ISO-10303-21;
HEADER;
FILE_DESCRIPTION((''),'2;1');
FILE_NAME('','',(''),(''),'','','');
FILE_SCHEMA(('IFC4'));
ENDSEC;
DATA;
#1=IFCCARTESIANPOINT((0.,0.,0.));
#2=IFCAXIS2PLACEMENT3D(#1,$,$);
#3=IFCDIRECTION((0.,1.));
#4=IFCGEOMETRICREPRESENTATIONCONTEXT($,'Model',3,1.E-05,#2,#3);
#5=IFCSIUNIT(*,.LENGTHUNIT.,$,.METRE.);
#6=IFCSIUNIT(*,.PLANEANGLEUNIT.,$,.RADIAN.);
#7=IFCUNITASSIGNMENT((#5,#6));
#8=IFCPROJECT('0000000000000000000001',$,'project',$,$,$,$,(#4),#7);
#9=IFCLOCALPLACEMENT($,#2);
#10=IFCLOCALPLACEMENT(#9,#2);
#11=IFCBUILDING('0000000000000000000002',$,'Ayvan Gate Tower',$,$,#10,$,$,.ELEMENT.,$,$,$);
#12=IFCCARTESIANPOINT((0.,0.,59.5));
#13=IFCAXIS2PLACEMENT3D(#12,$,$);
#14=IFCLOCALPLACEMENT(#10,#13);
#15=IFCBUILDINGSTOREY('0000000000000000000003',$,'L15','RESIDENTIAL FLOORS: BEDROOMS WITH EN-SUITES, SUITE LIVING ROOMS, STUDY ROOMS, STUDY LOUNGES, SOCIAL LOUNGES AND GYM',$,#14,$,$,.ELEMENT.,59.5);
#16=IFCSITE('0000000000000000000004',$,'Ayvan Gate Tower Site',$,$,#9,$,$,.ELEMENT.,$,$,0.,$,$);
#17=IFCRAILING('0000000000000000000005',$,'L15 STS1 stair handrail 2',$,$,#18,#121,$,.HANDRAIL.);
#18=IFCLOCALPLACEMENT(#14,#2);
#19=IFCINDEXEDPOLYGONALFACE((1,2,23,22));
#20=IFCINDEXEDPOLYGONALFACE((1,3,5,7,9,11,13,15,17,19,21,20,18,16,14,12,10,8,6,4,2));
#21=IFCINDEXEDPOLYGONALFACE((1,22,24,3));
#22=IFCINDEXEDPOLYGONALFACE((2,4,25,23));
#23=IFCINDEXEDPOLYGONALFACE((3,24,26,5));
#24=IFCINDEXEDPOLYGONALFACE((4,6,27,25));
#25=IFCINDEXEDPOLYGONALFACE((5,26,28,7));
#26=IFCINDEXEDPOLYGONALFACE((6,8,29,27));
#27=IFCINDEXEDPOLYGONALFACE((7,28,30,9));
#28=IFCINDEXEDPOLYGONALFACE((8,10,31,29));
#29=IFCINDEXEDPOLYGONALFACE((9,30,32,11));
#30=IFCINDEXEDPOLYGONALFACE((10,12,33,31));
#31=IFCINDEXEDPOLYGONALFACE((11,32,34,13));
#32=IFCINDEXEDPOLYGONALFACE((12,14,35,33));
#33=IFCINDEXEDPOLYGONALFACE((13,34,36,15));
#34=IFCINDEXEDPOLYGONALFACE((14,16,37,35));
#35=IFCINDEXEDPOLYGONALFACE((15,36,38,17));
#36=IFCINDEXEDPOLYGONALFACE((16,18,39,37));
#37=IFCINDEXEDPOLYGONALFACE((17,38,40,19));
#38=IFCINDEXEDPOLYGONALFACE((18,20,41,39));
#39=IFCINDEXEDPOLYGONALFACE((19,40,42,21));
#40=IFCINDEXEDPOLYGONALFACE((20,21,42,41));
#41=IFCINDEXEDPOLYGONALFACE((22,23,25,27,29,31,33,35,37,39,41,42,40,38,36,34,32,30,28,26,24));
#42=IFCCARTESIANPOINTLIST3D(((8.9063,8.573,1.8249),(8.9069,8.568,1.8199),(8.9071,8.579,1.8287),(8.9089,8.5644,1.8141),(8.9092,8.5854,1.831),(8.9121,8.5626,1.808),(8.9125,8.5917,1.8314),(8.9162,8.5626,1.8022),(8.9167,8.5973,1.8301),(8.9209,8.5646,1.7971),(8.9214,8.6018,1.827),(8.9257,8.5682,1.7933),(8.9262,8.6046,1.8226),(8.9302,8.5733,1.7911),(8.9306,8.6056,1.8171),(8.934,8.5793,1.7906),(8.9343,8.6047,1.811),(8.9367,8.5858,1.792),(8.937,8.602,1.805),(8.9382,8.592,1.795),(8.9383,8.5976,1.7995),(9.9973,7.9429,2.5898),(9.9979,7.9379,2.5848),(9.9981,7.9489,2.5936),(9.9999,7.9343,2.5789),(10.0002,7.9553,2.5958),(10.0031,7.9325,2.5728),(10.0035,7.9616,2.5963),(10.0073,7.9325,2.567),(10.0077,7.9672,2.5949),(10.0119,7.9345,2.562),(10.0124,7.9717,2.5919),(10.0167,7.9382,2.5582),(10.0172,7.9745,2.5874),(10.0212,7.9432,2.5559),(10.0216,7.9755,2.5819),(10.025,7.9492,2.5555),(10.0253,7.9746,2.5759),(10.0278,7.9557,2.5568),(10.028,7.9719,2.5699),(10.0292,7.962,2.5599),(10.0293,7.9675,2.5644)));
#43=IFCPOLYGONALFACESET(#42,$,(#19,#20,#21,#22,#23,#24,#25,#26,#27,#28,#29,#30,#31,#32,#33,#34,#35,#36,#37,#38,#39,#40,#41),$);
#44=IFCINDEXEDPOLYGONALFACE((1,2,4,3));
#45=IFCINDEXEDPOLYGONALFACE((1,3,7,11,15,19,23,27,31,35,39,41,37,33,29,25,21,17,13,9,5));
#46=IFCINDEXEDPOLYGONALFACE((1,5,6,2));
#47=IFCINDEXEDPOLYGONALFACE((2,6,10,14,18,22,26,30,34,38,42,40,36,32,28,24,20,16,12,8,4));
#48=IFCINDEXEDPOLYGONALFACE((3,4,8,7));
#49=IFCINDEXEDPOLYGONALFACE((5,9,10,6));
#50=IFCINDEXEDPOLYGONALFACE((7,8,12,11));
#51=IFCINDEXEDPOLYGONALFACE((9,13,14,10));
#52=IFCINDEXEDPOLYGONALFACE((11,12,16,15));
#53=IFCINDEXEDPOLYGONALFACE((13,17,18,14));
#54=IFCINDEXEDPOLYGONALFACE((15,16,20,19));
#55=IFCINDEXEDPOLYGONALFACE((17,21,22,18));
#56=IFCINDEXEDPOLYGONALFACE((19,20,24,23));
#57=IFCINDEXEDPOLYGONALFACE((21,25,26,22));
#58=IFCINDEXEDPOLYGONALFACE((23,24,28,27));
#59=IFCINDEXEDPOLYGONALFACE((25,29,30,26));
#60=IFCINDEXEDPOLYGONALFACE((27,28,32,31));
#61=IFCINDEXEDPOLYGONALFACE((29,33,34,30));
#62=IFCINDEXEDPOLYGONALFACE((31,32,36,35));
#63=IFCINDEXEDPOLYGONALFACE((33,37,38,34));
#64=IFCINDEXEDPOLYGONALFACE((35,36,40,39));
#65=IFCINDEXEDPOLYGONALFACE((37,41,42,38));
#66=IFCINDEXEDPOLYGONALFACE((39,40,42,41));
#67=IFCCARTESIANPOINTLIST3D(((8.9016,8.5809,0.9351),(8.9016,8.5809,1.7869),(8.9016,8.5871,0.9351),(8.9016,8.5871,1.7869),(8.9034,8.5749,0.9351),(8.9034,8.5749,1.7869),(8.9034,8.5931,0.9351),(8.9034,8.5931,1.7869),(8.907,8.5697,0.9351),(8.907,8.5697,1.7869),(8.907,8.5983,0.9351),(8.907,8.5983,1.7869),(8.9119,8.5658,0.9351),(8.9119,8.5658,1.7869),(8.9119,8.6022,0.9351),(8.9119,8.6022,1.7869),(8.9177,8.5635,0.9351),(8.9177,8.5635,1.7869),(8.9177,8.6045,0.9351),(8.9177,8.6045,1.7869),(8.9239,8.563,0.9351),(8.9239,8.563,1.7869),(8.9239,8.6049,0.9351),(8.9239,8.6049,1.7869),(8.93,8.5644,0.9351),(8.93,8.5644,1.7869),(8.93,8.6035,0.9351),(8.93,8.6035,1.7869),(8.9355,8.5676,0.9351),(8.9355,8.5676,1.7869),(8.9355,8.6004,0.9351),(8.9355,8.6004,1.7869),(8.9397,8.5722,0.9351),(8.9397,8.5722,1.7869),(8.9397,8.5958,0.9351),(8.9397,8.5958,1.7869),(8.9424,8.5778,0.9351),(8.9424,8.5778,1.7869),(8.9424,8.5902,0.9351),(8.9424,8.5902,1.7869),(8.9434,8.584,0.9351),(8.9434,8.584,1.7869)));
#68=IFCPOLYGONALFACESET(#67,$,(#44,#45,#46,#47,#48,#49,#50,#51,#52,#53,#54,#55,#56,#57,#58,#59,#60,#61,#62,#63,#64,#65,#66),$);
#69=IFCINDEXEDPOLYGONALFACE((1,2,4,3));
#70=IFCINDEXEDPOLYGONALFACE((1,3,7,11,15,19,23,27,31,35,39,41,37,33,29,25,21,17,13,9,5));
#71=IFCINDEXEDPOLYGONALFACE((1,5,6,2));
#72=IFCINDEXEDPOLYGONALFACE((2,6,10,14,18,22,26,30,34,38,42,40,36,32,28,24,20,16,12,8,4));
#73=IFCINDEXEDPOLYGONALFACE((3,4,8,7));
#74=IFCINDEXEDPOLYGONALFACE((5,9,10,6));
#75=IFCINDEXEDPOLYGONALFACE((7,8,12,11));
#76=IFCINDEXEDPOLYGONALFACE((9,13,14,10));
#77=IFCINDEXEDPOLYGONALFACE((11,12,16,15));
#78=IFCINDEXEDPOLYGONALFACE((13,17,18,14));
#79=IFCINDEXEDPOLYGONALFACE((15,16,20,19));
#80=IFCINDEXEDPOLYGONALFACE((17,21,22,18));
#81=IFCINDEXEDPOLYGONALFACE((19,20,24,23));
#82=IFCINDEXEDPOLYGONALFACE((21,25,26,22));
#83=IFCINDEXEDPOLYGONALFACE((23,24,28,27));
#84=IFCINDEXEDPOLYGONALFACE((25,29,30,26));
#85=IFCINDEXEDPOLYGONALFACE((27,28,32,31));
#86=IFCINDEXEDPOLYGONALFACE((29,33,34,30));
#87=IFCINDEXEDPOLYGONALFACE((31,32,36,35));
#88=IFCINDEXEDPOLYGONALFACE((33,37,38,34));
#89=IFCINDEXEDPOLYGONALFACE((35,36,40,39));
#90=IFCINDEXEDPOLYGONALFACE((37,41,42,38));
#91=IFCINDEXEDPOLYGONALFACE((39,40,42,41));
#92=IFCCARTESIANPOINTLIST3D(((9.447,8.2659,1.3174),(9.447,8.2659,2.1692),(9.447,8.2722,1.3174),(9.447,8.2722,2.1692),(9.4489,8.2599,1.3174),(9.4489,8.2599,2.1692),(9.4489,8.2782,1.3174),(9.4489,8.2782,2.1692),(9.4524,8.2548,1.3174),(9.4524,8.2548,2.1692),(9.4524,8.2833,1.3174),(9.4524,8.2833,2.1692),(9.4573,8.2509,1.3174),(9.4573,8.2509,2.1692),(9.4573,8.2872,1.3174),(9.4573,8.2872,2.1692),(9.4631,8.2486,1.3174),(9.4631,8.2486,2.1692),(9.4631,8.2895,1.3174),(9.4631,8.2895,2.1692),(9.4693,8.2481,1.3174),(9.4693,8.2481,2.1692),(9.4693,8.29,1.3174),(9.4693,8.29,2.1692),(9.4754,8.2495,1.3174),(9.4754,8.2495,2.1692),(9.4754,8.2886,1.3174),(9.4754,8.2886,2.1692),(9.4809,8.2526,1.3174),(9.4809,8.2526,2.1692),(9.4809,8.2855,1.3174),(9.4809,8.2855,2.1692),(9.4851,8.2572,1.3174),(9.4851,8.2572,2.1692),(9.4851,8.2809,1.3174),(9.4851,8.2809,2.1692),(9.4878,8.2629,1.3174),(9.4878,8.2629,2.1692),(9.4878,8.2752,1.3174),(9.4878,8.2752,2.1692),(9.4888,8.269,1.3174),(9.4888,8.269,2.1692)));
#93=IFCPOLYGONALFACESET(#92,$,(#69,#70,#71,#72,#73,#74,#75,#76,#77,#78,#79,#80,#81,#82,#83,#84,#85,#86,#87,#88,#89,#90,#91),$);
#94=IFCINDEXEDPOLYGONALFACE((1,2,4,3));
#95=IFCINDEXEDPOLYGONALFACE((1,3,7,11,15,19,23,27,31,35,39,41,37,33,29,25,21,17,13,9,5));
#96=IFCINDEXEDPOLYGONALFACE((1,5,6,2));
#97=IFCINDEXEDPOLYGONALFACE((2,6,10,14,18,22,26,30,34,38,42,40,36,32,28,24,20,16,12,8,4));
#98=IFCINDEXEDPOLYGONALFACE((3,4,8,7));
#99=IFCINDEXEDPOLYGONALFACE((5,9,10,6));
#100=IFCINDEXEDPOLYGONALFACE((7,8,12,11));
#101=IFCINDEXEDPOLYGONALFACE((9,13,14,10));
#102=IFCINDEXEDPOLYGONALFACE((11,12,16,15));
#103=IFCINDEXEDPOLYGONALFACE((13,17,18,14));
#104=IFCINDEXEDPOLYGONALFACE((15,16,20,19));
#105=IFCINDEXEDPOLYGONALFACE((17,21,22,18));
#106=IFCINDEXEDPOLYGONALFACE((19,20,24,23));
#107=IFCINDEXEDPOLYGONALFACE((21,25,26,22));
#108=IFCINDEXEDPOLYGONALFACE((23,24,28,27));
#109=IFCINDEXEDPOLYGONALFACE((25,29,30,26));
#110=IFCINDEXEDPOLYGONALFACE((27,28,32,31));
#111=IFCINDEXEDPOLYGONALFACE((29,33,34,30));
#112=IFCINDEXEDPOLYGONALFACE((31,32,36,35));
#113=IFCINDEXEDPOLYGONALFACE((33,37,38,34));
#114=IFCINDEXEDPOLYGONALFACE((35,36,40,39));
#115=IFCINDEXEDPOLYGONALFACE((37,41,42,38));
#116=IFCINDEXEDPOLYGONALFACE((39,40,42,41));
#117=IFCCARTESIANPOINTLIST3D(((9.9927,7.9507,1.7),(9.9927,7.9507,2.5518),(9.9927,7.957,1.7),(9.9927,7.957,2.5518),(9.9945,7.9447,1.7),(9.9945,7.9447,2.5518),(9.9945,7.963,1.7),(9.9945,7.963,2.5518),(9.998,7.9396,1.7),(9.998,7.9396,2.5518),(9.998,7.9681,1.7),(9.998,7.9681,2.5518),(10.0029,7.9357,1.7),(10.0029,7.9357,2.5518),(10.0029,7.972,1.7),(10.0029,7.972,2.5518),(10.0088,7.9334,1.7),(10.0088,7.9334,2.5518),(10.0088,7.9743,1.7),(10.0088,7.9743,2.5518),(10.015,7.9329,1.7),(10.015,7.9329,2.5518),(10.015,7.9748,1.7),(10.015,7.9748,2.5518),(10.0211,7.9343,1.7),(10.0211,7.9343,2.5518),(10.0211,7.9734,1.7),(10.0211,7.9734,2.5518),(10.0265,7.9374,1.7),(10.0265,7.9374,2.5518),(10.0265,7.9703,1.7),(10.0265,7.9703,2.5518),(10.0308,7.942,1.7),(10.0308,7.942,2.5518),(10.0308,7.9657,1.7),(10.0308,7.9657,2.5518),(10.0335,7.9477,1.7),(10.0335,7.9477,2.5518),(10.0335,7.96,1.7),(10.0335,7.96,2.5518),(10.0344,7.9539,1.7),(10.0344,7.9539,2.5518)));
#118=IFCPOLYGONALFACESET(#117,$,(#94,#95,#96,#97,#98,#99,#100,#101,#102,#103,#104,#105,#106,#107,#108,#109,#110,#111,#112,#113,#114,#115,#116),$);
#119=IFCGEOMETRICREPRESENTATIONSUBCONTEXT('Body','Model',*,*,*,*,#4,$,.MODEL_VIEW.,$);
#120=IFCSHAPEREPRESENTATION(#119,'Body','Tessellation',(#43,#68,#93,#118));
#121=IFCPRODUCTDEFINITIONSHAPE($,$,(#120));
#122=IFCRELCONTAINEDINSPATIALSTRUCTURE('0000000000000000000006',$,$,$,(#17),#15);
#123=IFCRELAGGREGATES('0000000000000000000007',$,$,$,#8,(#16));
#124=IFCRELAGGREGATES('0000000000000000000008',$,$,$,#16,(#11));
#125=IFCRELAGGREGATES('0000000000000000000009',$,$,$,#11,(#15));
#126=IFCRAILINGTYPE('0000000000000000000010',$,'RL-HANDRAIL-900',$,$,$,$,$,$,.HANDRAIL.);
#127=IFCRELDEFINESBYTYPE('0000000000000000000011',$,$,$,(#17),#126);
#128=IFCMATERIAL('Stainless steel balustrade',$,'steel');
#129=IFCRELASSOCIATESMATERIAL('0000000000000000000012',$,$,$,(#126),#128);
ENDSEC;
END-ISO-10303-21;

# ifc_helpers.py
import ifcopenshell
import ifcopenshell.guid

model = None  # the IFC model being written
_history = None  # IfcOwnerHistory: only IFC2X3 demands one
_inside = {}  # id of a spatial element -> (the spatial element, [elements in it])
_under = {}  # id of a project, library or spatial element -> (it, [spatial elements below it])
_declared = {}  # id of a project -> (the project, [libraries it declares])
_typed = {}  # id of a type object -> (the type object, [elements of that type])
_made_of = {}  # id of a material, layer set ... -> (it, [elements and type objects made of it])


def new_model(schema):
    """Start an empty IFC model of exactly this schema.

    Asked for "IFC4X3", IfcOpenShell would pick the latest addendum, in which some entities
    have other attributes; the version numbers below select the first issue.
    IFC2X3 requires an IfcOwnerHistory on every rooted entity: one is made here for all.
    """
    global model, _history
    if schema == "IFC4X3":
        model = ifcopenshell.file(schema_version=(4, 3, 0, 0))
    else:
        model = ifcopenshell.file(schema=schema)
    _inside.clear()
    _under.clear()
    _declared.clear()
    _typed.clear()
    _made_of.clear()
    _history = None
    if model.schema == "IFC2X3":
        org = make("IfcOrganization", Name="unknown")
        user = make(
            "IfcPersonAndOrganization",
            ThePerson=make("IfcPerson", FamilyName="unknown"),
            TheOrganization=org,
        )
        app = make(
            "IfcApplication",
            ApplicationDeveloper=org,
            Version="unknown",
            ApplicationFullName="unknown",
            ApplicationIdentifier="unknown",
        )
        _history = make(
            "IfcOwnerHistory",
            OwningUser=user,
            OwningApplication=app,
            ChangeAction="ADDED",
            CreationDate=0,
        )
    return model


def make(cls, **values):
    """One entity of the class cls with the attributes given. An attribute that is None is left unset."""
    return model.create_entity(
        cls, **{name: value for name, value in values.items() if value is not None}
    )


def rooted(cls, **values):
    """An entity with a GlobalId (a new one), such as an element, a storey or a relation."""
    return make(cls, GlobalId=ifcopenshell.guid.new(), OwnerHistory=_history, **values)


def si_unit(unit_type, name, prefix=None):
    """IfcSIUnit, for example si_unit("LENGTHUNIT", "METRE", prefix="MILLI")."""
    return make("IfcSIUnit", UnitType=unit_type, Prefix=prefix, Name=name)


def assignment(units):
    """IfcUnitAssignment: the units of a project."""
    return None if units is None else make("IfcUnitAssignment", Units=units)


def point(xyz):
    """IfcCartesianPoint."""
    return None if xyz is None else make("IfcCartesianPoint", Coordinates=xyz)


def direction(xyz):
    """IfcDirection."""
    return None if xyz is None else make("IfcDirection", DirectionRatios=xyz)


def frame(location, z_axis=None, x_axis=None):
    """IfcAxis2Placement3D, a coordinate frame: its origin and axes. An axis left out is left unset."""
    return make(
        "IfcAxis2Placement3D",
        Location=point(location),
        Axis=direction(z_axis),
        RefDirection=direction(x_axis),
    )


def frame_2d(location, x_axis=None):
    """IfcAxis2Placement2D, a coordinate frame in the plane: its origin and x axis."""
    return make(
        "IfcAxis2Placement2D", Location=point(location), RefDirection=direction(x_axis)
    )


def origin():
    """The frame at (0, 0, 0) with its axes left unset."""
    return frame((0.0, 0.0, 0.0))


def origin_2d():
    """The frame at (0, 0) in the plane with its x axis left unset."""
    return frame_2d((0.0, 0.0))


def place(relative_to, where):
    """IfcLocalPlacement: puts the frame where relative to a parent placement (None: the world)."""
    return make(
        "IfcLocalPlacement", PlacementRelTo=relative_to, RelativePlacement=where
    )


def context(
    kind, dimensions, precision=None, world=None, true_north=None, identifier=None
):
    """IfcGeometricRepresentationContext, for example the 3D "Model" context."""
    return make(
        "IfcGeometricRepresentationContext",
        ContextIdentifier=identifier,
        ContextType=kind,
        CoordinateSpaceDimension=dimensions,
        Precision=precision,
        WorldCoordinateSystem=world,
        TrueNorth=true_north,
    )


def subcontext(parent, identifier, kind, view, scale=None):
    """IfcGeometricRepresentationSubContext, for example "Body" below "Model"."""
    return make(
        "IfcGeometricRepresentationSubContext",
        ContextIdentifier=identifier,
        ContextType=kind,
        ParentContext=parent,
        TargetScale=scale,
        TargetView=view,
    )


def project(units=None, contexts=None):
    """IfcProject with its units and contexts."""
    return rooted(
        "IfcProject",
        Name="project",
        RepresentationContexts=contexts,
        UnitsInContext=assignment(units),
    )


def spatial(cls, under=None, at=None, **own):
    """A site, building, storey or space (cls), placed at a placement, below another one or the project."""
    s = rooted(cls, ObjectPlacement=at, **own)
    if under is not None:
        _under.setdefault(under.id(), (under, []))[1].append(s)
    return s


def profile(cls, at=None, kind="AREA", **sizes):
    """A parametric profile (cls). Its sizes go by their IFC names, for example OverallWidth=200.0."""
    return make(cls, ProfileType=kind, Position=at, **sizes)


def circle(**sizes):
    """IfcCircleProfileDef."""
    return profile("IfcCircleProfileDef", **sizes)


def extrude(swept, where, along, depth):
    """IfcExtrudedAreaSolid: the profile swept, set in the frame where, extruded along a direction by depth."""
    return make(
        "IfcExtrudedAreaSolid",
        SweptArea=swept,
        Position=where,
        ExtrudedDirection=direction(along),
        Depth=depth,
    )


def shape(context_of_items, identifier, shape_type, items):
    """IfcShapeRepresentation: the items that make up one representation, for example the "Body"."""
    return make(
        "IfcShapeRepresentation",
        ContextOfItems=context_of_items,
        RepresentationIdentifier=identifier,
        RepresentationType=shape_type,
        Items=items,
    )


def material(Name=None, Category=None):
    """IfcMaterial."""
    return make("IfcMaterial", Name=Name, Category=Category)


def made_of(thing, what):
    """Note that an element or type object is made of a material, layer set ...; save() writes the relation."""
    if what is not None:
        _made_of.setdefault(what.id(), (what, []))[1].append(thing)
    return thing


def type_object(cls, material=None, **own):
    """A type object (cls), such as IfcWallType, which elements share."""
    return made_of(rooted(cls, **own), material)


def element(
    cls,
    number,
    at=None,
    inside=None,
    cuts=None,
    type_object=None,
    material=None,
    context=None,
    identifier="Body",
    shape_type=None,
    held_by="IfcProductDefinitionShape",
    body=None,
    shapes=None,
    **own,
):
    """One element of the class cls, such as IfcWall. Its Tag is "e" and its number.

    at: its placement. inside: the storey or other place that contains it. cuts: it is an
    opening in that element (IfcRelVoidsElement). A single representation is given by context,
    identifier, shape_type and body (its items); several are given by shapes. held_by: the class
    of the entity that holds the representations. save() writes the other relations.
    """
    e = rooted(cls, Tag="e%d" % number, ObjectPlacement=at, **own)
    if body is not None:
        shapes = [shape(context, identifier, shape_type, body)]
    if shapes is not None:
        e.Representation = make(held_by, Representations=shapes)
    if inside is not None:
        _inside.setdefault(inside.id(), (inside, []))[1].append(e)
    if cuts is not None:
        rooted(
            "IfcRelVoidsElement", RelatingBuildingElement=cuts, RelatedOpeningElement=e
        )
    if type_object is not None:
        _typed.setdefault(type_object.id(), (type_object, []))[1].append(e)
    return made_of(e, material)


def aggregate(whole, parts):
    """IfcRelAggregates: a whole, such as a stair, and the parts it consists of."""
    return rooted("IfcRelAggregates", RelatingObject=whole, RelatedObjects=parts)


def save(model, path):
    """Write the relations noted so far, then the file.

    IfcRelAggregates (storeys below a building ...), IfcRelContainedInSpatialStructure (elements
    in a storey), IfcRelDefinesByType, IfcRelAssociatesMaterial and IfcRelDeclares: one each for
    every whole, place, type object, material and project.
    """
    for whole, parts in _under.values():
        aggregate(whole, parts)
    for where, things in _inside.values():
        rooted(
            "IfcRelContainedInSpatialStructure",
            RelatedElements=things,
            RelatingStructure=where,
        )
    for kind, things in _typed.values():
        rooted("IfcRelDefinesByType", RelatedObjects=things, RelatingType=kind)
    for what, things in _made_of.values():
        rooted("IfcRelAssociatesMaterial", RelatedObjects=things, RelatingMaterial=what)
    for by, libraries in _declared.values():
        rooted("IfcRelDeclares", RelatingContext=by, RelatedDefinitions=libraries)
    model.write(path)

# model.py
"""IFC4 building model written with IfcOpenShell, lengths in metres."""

from ifc_helpers import new_model, si_unit, direction, frame, origin, origin_2d, place, context, subcontext, project, spatial, circle, extrude, material, type_object, element, save


model = new_model("IFC4")

# Units and contexts
model_context = context("Model", 3, precision=1e-05, world=origin(), true_north=direction((0.0, 1.0)))
body_context = subcontext(model_context, "Body", "Model", "MODEL_VIEW")
ifc_project = project(units=[si_unit("LENGTHUNIT", "METRE"), si_unit("PLANEANGLEUNIT", "RADIAN")], contexts=[model_context])

# Site, building, storey
site_placement = place(None, origin())
site = spatial("IfcSite", under=ifc_project, at=site_placement, Name="Ayvan Gate Tower Site", CompositionType="ELEMENT", RefElevation=0.0)
building_placement = place(site_placement, origin())
building = spatial("IfcBuilding", under=site, at=building_placement, Name="Ayvan Gate Tower", CompositionType="ELEMENT")
storey_placement = place(building_placement, frame((0.0, 0.0, 59.5)))
storey = spatial("IfcBuildingStorey", under=building, at=storey_placement, Name="L15", Description="RESIDENTIAL FLOORS: BEDROOMS WITH EN-SUITES, SUITE LIVING ROOMS, STUDY ROOMS, STUDY LOUNGES, SOCIAL LOUNGES AND GYM", CompositionType="ELEMENT", Elevation=59.5)

# Railing
ifc_material_1 = material(Name="Stainless steel balustrade", Category="steel")
railing_type_1 = type_object("IfcRailingType", Name="RL-HANDRAIL-900", PredefinedType="HANDRAIL", material=ifc_material_1)
railing_1_placement = place(storey_placement, frame((8.9224, 8.584, 0.9351)))
element("IfcRailing", 1, at=railing_1_placement, inside=storey, type_object=railing_type_1, Name="L15 STS1 stair handrail 2", PredefinedType="HANDRAIL", context=body_context, shape_type="SweptSolid", body=[
    extrude(circle(Radius=0.0239, at=origin_2d()), frame((0.0, 0.0, 0.876), z_axis=(0.740229, -0.427508, 0.518939), x_axis=(0.500119, 0.865956, 0.0)), (0.0, 0.0, 1.0), 1.4739),
    extrude(circle(Radius=0.021, at=origin_2d()), origin(), (0.0, 0.0, 1.0), 0.8518),
    extrude(circle(Radius=0.021, at=origin_2d()), frame((0.5454, -0.3149, 0.3823)), (0.0, 0.0, 1.0), 0.8518),
    extrude(circle(Radius=0.021, at=origin_2d()), frame((1.0911, -0.6301, 0.7649)), (0.0, 0.0, 1.0), 0.8518),
])

save(model, "model.ifc")
